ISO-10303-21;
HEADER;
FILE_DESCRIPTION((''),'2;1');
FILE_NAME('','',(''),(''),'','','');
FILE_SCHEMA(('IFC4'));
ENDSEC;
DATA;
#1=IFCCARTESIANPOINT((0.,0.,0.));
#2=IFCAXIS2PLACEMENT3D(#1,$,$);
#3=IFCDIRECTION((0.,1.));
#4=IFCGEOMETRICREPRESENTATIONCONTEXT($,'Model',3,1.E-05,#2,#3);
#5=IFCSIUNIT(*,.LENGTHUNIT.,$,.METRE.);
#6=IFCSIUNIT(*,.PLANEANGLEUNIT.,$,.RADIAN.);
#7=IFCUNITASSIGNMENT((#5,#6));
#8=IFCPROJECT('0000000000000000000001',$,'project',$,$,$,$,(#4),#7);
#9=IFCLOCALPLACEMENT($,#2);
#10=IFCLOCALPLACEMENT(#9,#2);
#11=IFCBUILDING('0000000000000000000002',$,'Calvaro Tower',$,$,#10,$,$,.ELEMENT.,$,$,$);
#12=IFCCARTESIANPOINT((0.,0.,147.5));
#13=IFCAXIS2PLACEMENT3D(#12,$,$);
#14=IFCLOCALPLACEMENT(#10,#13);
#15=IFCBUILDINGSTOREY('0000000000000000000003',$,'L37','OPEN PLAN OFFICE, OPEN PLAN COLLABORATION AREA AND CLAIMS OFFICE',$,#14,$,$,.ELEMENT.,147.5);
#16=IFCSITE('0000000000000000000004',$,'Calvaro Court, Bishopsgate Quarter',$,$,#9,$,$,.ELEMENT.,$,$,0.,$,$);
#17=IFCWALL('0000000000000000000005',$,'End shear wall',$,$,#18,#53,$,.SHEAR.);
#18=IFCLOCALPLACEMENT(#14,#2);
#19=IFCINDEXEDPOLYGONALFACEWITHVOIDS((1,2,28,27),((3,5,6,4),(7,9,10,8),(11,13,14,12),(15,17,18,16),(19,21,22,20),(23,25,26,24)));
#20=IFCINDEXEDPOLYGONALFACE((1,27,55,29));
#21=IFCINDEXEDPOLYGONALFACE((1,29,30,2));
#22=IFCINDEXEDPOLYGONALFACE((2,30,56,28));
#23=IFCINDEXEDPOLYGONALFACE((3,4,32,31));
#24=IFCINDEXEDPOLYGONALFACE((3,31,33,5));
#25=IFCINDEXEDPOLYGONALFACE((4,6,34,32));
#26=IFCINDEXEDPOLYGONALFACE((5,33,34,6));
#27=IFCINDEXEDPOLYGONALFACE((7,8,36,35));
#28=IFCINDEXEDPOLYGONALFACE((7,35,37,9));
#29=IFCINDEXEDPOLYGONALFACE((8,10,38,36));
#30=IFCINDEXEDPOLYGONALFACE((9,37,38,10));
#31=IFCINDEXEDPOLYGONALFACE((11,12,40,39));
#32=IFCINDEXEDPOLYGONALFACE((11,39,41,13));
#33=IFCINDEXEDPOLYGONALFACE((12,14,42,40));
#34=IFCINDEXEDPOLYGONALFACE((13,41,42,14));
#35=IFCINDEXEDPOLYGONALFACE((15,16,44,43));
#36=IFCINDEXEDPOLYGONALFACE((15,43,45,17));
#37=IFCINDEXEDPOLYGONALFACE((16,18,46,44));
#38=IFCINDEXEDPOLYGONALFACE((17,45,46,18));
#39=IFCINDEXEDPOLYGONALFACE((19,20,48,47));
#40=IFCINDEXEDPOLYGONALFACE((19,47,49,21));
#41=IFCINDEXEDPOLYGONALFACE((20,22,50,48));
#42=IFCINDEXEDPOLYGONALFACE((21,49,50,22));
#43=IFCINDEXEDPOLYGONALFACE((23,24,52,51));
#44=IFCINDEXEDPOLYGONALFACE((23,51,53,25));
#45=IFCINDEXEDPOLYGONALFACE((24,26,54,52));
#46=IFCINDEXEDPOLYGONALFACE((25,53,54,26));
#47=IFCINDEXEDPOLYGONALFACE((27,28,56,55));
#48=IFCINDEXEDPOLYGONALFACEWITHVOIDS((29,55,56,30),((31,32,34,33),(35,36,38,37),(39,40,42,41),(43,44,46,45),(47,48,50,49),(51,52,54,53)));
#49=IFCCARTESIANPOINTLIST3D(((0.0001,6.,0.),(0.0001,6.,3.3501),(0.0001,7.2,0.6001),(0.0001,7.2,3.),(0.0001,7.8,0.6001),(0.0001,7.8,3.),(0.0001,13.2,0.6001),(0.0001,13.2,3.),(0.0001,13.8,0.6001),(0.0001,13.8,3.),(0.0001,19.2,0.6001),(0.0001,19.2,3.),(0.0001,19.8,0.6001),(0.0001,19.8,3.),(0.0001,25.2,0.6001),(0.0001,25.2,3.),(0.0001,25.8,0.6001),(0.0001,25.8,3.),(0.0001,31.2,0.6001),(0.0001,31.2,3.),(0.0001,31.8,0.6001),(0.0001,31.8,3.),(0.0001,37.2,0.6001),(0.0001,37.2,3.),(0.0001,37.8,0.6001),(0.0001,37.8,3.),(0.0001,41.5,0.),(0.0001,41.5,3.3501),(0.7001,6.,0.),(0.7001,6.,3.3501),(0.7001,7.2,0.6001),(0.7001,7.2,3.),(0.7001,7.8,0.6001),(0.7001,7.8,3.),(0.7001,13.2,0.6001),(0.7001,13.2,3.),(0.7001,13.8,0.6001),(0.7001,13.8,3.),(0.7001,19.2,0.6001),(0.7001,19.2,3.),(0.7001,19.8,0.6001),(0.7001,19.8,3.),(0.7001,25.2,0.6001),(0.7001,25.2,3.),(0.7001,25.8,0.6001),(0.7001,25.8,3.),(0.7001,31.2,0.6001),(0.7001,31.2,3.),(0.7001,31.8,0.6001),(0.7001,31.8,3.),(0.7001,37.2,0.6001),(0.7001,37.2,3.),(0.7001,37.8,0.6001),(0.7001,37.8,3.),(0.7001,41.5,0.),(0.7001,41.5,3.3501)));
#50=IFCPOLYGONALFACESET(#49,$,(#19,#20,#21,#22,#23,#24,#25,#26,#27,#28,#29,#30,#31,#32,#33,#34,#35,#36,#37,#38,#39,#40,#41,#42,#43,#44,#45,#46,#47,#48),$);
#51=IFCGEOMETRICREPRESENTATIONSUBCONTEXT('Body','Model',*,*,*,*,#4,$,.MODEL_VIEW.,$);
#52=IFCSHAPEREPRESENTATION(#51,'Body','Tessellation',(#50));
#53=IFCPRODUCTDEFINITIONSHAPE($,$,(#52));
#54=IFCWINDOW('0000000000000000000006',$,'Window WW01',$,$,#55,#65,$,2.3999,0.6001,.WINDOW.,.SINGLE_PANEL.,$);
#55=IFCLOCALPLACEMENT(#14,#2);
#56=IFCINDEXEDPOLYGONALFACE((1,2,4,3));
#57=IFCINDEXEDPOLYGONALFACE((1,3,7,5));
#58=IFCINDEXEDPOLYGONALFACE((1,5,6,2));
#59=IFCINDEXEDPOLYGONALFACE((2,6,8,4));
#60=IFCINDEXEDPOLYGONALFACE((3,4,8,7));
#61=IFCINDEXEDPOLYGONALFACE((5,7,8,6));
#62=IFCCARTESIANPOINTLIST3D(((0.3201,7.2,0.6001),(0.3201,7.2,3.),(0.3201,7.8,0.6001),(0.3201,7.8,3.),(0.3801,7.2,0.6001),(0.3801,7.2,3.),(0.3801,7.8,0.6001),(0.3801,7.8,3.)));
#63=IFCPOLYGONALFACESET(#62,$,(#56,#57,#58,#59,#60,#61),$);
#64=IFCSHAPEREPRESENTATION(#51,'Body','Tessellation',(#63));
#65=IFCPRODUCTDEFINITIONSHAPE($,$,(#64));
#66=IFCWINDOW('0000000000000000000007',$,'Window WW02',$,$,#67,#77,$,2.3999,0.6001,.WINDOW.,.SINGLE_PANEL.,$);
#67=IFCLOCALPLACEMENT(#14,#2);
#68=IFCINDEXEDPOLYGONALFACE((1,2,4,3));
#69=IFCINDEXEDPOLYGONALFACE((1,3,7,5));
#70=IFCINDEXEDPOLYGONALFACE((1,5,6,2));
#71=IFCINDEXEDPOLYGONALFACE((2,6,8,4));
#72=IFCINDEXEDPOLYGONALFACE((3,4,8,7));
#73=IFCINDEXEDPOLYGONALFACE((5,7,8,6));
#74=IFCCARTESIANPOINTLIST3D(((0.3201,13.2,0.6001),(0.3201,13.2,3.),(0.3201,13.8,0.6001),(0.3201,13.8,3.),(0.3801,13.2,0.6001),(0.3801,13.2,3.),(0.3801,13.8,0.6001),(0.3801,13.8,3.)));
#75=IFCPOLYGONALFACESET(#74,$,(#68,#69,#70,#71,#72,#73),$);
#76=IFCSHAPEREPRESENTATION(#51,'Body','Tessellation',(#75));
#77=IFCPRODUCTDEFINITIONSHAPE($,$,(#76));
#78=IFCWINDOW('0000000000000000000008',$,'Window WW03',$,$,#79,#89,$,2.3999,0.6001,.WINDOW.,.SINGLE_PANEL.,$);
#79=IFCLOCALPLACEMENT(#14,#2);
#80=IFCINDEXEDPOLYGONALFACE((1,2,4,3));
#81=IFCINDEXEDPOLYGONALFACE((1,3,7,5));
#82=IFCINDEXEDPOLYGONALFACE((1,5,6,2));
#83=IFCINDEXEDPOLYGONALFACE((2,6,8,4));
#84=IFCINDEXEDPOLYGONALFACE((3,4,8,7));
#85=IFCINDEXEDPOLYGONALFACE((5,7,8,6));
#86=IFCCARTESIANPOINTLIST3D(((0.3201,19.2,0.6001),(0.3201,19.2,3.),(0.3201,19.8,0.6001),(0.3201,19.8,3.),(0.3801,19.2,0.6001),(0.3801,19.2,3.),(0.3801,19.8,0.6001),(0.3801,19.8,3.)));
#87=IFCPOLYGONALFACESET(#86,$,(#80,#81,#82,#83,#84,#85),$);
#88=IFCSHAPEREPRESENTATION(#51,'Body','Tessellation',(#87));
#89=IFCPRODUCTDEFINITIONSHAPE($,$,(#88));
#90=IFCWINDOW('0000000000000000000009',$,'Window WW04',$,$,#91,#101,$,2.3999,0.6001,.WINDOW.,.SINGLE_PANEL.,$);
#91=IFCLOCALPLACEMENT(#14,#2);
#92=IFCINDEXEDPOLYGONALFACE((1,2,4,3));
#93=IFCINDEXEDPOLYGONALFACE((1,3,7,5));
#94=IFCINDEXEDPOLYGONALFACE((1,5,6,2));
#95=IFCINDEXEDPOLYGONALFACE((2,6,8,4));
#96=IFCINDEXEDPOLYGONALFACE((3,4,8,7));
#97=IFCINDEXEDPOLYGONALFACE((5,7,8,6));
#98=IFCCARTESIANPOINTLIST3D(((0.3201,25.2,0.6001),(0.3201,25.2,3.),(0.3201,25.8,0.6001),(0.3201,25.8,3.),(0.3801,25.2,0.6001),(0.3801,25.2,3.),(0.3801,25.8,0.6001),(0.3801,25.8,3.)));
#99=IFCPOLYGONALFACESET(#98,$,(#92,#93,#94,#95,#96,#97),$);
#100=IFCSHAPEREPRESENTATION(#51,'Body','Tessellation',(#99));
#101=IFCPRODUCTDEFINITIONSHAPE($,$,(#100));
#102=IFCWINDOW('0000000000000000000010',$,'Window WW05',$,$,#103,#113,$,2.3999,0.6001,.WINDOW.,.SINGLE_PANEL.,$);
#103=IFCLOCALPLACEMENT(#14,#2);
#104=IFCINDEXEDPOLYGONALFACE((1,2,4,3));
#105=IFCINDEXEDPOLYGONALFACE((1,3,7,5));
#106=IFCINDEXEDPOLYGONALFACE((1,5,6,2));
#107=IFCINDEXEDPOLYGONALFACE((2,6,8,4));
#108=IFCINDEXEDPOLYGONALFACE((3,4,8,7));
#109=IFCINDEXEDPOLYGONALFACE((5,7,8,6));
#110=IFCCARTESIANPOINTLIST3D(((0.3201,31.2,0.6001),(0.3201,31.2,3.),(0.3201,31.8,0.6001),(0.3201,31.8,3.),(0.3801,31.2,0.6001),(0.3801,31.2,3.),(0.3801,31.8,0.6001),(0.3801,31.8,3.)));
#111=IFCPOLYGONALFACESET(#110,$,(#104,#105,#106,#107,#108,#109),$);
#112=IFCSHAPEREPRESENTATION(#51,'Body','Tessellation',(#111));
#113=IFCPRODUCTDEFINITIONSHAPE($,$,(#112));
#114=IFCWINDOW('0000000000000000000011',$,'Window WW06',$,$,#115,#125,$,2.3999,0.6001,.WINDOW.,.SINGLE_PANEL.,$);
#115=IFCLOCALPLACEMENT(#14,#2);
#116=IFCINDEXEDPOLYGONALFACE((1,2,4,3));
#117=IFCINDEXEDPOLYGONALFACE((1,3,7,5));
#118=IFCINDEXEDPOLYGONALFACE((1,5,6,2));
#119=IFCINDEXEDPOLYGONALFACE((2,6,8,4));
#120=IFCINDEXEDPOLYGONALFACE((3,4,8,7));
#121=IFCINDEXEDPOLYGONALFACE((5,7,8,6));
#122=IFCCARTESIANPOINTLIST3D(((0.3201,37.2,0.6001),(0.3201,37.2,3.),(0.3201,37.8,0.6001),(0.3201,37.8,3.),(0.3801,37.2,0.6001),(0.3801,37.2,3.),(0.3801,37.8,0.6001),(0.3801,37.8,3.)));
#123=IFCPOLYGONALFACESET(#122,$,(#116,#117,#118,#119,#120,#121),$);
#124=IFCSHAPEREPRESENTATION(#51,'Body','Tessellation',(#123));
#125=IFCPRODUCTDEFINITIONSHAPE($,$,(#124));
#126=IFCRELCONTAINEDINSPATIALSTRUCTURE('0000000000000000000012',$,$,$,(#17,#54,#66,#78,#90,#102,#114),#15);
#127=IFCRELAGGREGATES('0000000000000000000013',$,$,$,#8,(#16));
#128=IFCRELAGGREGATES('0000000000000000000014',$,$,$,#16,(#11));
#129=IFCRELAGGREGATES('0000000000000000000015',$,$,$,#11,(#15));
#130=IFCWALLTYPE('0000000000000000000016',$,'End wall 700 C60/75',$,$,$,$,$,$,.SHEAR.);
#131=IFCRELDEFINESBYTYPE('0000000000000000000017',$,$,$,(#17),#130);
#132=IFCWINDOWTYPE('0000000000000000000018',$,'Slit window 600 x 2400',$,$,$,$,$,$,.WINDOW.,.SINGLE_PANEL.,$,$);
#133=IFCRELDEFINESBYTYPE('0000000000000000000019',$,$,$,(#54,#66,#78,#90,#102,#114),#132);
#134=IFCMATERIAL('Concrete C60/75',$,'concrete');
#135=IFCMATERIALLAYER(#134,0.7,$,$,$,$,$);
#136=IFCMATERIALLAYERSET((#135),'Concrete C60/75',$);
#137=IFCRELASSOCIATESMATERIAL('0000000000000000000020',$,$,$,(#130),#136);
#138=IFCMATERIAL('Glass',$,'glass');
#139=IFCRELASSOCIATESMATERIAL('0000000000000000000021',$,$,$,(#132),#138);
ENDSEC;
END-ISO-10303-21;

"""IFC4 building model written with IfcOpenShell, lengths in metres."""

from ifc_helpers import new_model, si_unit, direction, frame, frame_2d, origin, place, context, subcontext, project, spatial, rectangle, extrude, material, layer, layer_set, type_object, element, fill, save


model = new_model("IFC4")

# Units and contexts
model_context = context("Model", 3, precision=1e-05, world=origin(), true_north=direction((0.0, 1.0)))
body_context = subcontext(model_context, "Body", "Model", "MODEL_VIEW")
ifc_project = project(units=[si_unit("LENGTHUNIT", "METRE"), si_unit("PLANEANGLEUNIT", "RADIAN")], contexts=[model_context])

# Site, building, storey
site_placement = place(None, origin())
site = spatial("IfcSite", under=ifc_project, at=site_placement, Name="Calvaro Court, Bishopsgate Quarter", CompositionType="ELEMENT", RefElevation=0.0)
building_placement = place(site_placement, origin())
building = spatial("IfcBuilding", under=site, at=building_placement, Name="Calvaro Tower", CompositionType="ELEMENT")
storey_placement = place(building_placement, frame((0.0, 0.0, 147.5)))
storey = spatial("IfcBuildingStorey", under=building, at=storey_placement, Name="L37", Description="OPEN PLAN OFFICE, OPEN PLAN COLLABORATION AREA AND CLAIMS OFFICE", CompositionType="ELEMENT", Elevation=147.5)

# Wall, openings, windows
ifc_material_1 = material(Name="Concrete C60/75", Category="concrete")
ifc_layer_1 = layer(ifc_material_1, 0.7)
ifc_layer_set_1 = layer_set([ifc_layer_1], Name="Concrete C60/75")
wall_type = type_object("IfcWallType", Name="End wall 700 C60/75", PredefinedType="SHEAR", material=ifc_layer_set_1)
wall_placement = place(storey_placement, frame((0.3501, 6.0, 0.0), z_axis=(0.0, 0.0, 1.0), x_axis=(0.0, 1.0, 0.0)))
wall = element("IfcWall", 1, at=wall_placement, inside=storey, type_object=wall_type, Name="End shear wall", PredefinedType="SHEAR", context=body_context, shape_type="SweptSolid", body=[
    extrude(rectangle(XDim=35.5, YDim=0.7, at=frame_2d((17.75, 0.0))), origin(), (0.0, 0.0, 1.0), 3.3501),
])
opening_1_placement = place(wall_placement, frame((1.2, 0.0, 0.6001)))
opening_1 = element("IfcOpeningElement", 2, at=opening_1_placement, cuts=wall, PredefinedType="OPENING", context=body_context, shape_type="SweptSolid", body=[
    extrude(rectangle(XDim=0.6001, YDim=2.3999, at=frame_2d((0.3, 1.2))), frame((0.0, 0.3599, 0.0), z_axis=(0.0, -1.0, 0.0), x_axis=(1.0, 0.0, 0.0)), (0.0, 0.0, 1.0), 0.72),
])
opening_2_placement = place(wall_placement, frame((7.2, 0.0, 0.6001)))
opening_2 = element("IfcOpeningElement", 3, at=opening_2_placement, cuts=wall, PredefinedType="OPENING", context=body_context, shape_type="SweptSolid", body=[
    extrude(rectangle(XDim=0.6001, YDim=2.3999, at=frame_2d((0.3, 1.2))), frame((0.0, 0.3599, 0.0), z_axis=(0.0, -1.0, 0.0), x_axis=(1.0, 0.0, 0.0)), (0.0, 0.0, 1.0), 0.72),
])
opening_3_placement = place(wall_placement, frame((13.2, 0.0, 0.6001)))
opening_3 = element("IfcOpeningElement", 4, at=opening_3_placement, cuts=wall, PredefinedType="OPENING", context=body_context, shape_type="SweptSolid", body=[
    extrude(rectangle(XDim=0.6001, YDim=2.3999, at=frame_2d((0.3, 1.2))), frame((0.0, 0.3599, 0.0), z_axis=(0.0, -1.0, 0.0), x_axis=(1.0, 0.0, 0.0)), (0.0, 0.0, 1.0), 0.72),
])
opening_4_placement = place(wall_placement, frame((19.2, 0.0, 0.6001)))
opening_4 = element("IfcOpeningElement", 5, at=opening_4_placement, cuts=wall, PredefinedType="OPENING", context=body_context, shape_type="SweptSolid", body=[
    extrude(rectangle(XDim=0.6001, YDim=2.3999, at=frame_2d((0.3, 1.2))), frame((0.0, 0.3599, 0.0), z_axis=(0.0, -1.0, 0.0), x_axis=(1.0, 0.0, 0.0)), (0.0, 0.0, 1.0), 0.72),
])
opening_5_placement = place(wall_placement, frame((25.2, 0.0, 0.6001)))
opening_5 = element("IfcOpeningElement", 6, at=opening_5_placement, cuts=wall, PredefinedType="OPENING", context=body_context, shape_type="SweptSolid", body=[
    extrude(rectangle(XDim=0.6001, YDim=2.3999, at=frame_2d((0.3, 1.2))), frame((0.0, 0.3599, 0.0), z_axis=(0.0, -1.0, 0.0), x_axis=(1.0, 0.0, 0.0)), (0.0, 0.0, 1.0), 0.72),
])
opening_6_placement = place(wall_placement, frame((31.2, 0.0, 0.6001)))
opening_6 = element("IfcOpeningElement", 7, at=opening_6_placement, cuts=wall, PredefinedType="OPENING", context=body_context, shape_type="SweptSolid", body=[
    extrude(rectangle(XDim=0.6001, YDim=2.3999, at=frame_2d((0.3, 1.2))), frame((0.0, 0.3599, 0.0), z_axis=(0.0, -1.0, 0.0), x_axis=(1.0, 0.0, 0.0)), (0.0, 0.0, 1.0), 0.72),
])
ifc_material_2 = material(Name="Glass", Category="glass")
window_type = type_object("IfcWindowType", Name="Slit window 600 x 2400", PartitioningType="SINGLE_PANEL", PredefinedType="WINDOW", material=ifc_material_2)
window_1_placement = place(opening_1_placement, origin())
window_1 = element("IfcWindow", 8, at=window_1_placement, inside=storey, type_object=window_type, Name="Window WW01", OverallHeight=2.3999, OverallWidth=0.6001, PartitioningType="SINGLE_PANEL", PredefinedType="WINDOW", context=body_context, shape_type="SweptSolid", body=[
    extrude(rectangle(XDim=0.6001, YDim=2.3999, at=frame_2d((0.3, 1.2))), frame((0.0, 0.03, 0.0), z_axis=(0.0, -1.0, 0.0), x_axis=(1.0, 0.0, 0.0)), (0.0, 0.0, 1.0), 0.0601),
])
fill(opening_1, window_1)
window_2_placement = place(opening_2_placement, origin())
window_2 = element("IfcWindow", 9, at=window_2_placement, inside=storey, type_object=window_type, Name="Window WW02", OverallHeight=2.3999, OverallWidth=0.6001, PartitioningType="SINGLE_PANEL", PredefinedType="WINDOW", context=body_context, shape_type="SweptSolid", body=[
    extrude(rectangle(XDim=0.6001, YDim=2.3999, at=frame_2d((0.3, 1.2))), frame((0.0, 0.03, 0.0), z_axis=(0.0, -1.0, 0.0), x_axis=(1.0, 0.0, 0.0)), (0.0, 0.0, 1.0), 0.0601),
])
fill(opening_2, window_2)
window_3_placement = place(opening_3_placement, origin())
window_3 = element("IfcWindow", 10, at=window_3_placement, inside=storey, type_object=window_type, Name="Window WW03", OverallHeight=2.3999, OverallWidth=0.6001, PartitioningType="SINGLE_PANEL", PredefinedType="WINDOW", context=body_context, shape_type="SweptSolid", body=[
    extrude(rectangle(XDim=0.6001, YDim=2.3999, at=frame_2d((0.3, 1.2))), frame((0.0, 0.03, 0.0), z_axis=(0.0, -1.0, 0.0), x_axis=(1.0, 0.0, 0.0)), (0.0, 0.0, 1.0), 0.0601),
])
fill(opening_3, window_3)
window_4_placement = place(opening_4_placement, origin())
window_4 = element("IfcWindow", 11, at=window_4_placement, inside=storey, type_object=window_type, Name="Window WW04", OverallHeight=2.3999, OverallWidth=0.6001, PartitioningType="SINGLE_PANEL", PredefinedType="WINDOW", context=body_context, shape_type="SweptSolid", body=[
    extrude(rectangle(XDim=0.6001, YDim=2.3999, at=frame_2d((0.3, 1.2))), frame((0.0, 0.03, 0.0), z_axis=(0.0, -1.0, 0.0), x_axis=(1.0, 0.0, 0.0)), (0.0, 0.0, 1.0), 0.0601),
])
fill(opening_4, window_4)
window_5_placement = place(opening_5_placement, origin())
window_5 = element("IfcWindow", 12, at=window_5_placement, inside=storey, type_object=window_type, Name="Window WW05", OverallHeight=2.3999, OverallWidth=0.6001, PartitioningType="SINGLE_PANEL", PredefinedType="WINDOW", context=body_context, shape_type="SweptSolid", body=[
    extrude(rectangle(XDim=0.6001, YDim=2.3999, at=frame_2d((0.3, 1.2))), frame((0.0, 0.03, 0.0), z_axis=(0.0, -1.0, 0.0), x_axis=(1.0, 0.0, 0.0)), (0.0, 0.0, 1.0), 0.0601),
])
fill(opening_5, window_5)
window_6_placement = place(opening_6_placement, origin())
window_6 = element("IfcWindow", 13, at=window_6_placement, inside=storey, type_object=window_type, Name="Window WW06", OverallHeight=2.3999, OverallWidth=0.6001, PartitioningType="SINGLE_PANEL", PredefinedType="WINDOW", context=body_context, shape_type="SweptSolid", body=[
    extrude(rectangle(XDim=0.6001, YDim=2.3999, at=frame_2d((0.3, 1.2))), frame((0.0, 0.03, 0.0), z_axis=(0.0, -1.0, 0.0), x_axis=(1.0, 0.0, 0.0)), (0.0, 0.0, 1.0), 0.0601),
])
fill(opening_6, window_6)

save(model, "model.ifc")
